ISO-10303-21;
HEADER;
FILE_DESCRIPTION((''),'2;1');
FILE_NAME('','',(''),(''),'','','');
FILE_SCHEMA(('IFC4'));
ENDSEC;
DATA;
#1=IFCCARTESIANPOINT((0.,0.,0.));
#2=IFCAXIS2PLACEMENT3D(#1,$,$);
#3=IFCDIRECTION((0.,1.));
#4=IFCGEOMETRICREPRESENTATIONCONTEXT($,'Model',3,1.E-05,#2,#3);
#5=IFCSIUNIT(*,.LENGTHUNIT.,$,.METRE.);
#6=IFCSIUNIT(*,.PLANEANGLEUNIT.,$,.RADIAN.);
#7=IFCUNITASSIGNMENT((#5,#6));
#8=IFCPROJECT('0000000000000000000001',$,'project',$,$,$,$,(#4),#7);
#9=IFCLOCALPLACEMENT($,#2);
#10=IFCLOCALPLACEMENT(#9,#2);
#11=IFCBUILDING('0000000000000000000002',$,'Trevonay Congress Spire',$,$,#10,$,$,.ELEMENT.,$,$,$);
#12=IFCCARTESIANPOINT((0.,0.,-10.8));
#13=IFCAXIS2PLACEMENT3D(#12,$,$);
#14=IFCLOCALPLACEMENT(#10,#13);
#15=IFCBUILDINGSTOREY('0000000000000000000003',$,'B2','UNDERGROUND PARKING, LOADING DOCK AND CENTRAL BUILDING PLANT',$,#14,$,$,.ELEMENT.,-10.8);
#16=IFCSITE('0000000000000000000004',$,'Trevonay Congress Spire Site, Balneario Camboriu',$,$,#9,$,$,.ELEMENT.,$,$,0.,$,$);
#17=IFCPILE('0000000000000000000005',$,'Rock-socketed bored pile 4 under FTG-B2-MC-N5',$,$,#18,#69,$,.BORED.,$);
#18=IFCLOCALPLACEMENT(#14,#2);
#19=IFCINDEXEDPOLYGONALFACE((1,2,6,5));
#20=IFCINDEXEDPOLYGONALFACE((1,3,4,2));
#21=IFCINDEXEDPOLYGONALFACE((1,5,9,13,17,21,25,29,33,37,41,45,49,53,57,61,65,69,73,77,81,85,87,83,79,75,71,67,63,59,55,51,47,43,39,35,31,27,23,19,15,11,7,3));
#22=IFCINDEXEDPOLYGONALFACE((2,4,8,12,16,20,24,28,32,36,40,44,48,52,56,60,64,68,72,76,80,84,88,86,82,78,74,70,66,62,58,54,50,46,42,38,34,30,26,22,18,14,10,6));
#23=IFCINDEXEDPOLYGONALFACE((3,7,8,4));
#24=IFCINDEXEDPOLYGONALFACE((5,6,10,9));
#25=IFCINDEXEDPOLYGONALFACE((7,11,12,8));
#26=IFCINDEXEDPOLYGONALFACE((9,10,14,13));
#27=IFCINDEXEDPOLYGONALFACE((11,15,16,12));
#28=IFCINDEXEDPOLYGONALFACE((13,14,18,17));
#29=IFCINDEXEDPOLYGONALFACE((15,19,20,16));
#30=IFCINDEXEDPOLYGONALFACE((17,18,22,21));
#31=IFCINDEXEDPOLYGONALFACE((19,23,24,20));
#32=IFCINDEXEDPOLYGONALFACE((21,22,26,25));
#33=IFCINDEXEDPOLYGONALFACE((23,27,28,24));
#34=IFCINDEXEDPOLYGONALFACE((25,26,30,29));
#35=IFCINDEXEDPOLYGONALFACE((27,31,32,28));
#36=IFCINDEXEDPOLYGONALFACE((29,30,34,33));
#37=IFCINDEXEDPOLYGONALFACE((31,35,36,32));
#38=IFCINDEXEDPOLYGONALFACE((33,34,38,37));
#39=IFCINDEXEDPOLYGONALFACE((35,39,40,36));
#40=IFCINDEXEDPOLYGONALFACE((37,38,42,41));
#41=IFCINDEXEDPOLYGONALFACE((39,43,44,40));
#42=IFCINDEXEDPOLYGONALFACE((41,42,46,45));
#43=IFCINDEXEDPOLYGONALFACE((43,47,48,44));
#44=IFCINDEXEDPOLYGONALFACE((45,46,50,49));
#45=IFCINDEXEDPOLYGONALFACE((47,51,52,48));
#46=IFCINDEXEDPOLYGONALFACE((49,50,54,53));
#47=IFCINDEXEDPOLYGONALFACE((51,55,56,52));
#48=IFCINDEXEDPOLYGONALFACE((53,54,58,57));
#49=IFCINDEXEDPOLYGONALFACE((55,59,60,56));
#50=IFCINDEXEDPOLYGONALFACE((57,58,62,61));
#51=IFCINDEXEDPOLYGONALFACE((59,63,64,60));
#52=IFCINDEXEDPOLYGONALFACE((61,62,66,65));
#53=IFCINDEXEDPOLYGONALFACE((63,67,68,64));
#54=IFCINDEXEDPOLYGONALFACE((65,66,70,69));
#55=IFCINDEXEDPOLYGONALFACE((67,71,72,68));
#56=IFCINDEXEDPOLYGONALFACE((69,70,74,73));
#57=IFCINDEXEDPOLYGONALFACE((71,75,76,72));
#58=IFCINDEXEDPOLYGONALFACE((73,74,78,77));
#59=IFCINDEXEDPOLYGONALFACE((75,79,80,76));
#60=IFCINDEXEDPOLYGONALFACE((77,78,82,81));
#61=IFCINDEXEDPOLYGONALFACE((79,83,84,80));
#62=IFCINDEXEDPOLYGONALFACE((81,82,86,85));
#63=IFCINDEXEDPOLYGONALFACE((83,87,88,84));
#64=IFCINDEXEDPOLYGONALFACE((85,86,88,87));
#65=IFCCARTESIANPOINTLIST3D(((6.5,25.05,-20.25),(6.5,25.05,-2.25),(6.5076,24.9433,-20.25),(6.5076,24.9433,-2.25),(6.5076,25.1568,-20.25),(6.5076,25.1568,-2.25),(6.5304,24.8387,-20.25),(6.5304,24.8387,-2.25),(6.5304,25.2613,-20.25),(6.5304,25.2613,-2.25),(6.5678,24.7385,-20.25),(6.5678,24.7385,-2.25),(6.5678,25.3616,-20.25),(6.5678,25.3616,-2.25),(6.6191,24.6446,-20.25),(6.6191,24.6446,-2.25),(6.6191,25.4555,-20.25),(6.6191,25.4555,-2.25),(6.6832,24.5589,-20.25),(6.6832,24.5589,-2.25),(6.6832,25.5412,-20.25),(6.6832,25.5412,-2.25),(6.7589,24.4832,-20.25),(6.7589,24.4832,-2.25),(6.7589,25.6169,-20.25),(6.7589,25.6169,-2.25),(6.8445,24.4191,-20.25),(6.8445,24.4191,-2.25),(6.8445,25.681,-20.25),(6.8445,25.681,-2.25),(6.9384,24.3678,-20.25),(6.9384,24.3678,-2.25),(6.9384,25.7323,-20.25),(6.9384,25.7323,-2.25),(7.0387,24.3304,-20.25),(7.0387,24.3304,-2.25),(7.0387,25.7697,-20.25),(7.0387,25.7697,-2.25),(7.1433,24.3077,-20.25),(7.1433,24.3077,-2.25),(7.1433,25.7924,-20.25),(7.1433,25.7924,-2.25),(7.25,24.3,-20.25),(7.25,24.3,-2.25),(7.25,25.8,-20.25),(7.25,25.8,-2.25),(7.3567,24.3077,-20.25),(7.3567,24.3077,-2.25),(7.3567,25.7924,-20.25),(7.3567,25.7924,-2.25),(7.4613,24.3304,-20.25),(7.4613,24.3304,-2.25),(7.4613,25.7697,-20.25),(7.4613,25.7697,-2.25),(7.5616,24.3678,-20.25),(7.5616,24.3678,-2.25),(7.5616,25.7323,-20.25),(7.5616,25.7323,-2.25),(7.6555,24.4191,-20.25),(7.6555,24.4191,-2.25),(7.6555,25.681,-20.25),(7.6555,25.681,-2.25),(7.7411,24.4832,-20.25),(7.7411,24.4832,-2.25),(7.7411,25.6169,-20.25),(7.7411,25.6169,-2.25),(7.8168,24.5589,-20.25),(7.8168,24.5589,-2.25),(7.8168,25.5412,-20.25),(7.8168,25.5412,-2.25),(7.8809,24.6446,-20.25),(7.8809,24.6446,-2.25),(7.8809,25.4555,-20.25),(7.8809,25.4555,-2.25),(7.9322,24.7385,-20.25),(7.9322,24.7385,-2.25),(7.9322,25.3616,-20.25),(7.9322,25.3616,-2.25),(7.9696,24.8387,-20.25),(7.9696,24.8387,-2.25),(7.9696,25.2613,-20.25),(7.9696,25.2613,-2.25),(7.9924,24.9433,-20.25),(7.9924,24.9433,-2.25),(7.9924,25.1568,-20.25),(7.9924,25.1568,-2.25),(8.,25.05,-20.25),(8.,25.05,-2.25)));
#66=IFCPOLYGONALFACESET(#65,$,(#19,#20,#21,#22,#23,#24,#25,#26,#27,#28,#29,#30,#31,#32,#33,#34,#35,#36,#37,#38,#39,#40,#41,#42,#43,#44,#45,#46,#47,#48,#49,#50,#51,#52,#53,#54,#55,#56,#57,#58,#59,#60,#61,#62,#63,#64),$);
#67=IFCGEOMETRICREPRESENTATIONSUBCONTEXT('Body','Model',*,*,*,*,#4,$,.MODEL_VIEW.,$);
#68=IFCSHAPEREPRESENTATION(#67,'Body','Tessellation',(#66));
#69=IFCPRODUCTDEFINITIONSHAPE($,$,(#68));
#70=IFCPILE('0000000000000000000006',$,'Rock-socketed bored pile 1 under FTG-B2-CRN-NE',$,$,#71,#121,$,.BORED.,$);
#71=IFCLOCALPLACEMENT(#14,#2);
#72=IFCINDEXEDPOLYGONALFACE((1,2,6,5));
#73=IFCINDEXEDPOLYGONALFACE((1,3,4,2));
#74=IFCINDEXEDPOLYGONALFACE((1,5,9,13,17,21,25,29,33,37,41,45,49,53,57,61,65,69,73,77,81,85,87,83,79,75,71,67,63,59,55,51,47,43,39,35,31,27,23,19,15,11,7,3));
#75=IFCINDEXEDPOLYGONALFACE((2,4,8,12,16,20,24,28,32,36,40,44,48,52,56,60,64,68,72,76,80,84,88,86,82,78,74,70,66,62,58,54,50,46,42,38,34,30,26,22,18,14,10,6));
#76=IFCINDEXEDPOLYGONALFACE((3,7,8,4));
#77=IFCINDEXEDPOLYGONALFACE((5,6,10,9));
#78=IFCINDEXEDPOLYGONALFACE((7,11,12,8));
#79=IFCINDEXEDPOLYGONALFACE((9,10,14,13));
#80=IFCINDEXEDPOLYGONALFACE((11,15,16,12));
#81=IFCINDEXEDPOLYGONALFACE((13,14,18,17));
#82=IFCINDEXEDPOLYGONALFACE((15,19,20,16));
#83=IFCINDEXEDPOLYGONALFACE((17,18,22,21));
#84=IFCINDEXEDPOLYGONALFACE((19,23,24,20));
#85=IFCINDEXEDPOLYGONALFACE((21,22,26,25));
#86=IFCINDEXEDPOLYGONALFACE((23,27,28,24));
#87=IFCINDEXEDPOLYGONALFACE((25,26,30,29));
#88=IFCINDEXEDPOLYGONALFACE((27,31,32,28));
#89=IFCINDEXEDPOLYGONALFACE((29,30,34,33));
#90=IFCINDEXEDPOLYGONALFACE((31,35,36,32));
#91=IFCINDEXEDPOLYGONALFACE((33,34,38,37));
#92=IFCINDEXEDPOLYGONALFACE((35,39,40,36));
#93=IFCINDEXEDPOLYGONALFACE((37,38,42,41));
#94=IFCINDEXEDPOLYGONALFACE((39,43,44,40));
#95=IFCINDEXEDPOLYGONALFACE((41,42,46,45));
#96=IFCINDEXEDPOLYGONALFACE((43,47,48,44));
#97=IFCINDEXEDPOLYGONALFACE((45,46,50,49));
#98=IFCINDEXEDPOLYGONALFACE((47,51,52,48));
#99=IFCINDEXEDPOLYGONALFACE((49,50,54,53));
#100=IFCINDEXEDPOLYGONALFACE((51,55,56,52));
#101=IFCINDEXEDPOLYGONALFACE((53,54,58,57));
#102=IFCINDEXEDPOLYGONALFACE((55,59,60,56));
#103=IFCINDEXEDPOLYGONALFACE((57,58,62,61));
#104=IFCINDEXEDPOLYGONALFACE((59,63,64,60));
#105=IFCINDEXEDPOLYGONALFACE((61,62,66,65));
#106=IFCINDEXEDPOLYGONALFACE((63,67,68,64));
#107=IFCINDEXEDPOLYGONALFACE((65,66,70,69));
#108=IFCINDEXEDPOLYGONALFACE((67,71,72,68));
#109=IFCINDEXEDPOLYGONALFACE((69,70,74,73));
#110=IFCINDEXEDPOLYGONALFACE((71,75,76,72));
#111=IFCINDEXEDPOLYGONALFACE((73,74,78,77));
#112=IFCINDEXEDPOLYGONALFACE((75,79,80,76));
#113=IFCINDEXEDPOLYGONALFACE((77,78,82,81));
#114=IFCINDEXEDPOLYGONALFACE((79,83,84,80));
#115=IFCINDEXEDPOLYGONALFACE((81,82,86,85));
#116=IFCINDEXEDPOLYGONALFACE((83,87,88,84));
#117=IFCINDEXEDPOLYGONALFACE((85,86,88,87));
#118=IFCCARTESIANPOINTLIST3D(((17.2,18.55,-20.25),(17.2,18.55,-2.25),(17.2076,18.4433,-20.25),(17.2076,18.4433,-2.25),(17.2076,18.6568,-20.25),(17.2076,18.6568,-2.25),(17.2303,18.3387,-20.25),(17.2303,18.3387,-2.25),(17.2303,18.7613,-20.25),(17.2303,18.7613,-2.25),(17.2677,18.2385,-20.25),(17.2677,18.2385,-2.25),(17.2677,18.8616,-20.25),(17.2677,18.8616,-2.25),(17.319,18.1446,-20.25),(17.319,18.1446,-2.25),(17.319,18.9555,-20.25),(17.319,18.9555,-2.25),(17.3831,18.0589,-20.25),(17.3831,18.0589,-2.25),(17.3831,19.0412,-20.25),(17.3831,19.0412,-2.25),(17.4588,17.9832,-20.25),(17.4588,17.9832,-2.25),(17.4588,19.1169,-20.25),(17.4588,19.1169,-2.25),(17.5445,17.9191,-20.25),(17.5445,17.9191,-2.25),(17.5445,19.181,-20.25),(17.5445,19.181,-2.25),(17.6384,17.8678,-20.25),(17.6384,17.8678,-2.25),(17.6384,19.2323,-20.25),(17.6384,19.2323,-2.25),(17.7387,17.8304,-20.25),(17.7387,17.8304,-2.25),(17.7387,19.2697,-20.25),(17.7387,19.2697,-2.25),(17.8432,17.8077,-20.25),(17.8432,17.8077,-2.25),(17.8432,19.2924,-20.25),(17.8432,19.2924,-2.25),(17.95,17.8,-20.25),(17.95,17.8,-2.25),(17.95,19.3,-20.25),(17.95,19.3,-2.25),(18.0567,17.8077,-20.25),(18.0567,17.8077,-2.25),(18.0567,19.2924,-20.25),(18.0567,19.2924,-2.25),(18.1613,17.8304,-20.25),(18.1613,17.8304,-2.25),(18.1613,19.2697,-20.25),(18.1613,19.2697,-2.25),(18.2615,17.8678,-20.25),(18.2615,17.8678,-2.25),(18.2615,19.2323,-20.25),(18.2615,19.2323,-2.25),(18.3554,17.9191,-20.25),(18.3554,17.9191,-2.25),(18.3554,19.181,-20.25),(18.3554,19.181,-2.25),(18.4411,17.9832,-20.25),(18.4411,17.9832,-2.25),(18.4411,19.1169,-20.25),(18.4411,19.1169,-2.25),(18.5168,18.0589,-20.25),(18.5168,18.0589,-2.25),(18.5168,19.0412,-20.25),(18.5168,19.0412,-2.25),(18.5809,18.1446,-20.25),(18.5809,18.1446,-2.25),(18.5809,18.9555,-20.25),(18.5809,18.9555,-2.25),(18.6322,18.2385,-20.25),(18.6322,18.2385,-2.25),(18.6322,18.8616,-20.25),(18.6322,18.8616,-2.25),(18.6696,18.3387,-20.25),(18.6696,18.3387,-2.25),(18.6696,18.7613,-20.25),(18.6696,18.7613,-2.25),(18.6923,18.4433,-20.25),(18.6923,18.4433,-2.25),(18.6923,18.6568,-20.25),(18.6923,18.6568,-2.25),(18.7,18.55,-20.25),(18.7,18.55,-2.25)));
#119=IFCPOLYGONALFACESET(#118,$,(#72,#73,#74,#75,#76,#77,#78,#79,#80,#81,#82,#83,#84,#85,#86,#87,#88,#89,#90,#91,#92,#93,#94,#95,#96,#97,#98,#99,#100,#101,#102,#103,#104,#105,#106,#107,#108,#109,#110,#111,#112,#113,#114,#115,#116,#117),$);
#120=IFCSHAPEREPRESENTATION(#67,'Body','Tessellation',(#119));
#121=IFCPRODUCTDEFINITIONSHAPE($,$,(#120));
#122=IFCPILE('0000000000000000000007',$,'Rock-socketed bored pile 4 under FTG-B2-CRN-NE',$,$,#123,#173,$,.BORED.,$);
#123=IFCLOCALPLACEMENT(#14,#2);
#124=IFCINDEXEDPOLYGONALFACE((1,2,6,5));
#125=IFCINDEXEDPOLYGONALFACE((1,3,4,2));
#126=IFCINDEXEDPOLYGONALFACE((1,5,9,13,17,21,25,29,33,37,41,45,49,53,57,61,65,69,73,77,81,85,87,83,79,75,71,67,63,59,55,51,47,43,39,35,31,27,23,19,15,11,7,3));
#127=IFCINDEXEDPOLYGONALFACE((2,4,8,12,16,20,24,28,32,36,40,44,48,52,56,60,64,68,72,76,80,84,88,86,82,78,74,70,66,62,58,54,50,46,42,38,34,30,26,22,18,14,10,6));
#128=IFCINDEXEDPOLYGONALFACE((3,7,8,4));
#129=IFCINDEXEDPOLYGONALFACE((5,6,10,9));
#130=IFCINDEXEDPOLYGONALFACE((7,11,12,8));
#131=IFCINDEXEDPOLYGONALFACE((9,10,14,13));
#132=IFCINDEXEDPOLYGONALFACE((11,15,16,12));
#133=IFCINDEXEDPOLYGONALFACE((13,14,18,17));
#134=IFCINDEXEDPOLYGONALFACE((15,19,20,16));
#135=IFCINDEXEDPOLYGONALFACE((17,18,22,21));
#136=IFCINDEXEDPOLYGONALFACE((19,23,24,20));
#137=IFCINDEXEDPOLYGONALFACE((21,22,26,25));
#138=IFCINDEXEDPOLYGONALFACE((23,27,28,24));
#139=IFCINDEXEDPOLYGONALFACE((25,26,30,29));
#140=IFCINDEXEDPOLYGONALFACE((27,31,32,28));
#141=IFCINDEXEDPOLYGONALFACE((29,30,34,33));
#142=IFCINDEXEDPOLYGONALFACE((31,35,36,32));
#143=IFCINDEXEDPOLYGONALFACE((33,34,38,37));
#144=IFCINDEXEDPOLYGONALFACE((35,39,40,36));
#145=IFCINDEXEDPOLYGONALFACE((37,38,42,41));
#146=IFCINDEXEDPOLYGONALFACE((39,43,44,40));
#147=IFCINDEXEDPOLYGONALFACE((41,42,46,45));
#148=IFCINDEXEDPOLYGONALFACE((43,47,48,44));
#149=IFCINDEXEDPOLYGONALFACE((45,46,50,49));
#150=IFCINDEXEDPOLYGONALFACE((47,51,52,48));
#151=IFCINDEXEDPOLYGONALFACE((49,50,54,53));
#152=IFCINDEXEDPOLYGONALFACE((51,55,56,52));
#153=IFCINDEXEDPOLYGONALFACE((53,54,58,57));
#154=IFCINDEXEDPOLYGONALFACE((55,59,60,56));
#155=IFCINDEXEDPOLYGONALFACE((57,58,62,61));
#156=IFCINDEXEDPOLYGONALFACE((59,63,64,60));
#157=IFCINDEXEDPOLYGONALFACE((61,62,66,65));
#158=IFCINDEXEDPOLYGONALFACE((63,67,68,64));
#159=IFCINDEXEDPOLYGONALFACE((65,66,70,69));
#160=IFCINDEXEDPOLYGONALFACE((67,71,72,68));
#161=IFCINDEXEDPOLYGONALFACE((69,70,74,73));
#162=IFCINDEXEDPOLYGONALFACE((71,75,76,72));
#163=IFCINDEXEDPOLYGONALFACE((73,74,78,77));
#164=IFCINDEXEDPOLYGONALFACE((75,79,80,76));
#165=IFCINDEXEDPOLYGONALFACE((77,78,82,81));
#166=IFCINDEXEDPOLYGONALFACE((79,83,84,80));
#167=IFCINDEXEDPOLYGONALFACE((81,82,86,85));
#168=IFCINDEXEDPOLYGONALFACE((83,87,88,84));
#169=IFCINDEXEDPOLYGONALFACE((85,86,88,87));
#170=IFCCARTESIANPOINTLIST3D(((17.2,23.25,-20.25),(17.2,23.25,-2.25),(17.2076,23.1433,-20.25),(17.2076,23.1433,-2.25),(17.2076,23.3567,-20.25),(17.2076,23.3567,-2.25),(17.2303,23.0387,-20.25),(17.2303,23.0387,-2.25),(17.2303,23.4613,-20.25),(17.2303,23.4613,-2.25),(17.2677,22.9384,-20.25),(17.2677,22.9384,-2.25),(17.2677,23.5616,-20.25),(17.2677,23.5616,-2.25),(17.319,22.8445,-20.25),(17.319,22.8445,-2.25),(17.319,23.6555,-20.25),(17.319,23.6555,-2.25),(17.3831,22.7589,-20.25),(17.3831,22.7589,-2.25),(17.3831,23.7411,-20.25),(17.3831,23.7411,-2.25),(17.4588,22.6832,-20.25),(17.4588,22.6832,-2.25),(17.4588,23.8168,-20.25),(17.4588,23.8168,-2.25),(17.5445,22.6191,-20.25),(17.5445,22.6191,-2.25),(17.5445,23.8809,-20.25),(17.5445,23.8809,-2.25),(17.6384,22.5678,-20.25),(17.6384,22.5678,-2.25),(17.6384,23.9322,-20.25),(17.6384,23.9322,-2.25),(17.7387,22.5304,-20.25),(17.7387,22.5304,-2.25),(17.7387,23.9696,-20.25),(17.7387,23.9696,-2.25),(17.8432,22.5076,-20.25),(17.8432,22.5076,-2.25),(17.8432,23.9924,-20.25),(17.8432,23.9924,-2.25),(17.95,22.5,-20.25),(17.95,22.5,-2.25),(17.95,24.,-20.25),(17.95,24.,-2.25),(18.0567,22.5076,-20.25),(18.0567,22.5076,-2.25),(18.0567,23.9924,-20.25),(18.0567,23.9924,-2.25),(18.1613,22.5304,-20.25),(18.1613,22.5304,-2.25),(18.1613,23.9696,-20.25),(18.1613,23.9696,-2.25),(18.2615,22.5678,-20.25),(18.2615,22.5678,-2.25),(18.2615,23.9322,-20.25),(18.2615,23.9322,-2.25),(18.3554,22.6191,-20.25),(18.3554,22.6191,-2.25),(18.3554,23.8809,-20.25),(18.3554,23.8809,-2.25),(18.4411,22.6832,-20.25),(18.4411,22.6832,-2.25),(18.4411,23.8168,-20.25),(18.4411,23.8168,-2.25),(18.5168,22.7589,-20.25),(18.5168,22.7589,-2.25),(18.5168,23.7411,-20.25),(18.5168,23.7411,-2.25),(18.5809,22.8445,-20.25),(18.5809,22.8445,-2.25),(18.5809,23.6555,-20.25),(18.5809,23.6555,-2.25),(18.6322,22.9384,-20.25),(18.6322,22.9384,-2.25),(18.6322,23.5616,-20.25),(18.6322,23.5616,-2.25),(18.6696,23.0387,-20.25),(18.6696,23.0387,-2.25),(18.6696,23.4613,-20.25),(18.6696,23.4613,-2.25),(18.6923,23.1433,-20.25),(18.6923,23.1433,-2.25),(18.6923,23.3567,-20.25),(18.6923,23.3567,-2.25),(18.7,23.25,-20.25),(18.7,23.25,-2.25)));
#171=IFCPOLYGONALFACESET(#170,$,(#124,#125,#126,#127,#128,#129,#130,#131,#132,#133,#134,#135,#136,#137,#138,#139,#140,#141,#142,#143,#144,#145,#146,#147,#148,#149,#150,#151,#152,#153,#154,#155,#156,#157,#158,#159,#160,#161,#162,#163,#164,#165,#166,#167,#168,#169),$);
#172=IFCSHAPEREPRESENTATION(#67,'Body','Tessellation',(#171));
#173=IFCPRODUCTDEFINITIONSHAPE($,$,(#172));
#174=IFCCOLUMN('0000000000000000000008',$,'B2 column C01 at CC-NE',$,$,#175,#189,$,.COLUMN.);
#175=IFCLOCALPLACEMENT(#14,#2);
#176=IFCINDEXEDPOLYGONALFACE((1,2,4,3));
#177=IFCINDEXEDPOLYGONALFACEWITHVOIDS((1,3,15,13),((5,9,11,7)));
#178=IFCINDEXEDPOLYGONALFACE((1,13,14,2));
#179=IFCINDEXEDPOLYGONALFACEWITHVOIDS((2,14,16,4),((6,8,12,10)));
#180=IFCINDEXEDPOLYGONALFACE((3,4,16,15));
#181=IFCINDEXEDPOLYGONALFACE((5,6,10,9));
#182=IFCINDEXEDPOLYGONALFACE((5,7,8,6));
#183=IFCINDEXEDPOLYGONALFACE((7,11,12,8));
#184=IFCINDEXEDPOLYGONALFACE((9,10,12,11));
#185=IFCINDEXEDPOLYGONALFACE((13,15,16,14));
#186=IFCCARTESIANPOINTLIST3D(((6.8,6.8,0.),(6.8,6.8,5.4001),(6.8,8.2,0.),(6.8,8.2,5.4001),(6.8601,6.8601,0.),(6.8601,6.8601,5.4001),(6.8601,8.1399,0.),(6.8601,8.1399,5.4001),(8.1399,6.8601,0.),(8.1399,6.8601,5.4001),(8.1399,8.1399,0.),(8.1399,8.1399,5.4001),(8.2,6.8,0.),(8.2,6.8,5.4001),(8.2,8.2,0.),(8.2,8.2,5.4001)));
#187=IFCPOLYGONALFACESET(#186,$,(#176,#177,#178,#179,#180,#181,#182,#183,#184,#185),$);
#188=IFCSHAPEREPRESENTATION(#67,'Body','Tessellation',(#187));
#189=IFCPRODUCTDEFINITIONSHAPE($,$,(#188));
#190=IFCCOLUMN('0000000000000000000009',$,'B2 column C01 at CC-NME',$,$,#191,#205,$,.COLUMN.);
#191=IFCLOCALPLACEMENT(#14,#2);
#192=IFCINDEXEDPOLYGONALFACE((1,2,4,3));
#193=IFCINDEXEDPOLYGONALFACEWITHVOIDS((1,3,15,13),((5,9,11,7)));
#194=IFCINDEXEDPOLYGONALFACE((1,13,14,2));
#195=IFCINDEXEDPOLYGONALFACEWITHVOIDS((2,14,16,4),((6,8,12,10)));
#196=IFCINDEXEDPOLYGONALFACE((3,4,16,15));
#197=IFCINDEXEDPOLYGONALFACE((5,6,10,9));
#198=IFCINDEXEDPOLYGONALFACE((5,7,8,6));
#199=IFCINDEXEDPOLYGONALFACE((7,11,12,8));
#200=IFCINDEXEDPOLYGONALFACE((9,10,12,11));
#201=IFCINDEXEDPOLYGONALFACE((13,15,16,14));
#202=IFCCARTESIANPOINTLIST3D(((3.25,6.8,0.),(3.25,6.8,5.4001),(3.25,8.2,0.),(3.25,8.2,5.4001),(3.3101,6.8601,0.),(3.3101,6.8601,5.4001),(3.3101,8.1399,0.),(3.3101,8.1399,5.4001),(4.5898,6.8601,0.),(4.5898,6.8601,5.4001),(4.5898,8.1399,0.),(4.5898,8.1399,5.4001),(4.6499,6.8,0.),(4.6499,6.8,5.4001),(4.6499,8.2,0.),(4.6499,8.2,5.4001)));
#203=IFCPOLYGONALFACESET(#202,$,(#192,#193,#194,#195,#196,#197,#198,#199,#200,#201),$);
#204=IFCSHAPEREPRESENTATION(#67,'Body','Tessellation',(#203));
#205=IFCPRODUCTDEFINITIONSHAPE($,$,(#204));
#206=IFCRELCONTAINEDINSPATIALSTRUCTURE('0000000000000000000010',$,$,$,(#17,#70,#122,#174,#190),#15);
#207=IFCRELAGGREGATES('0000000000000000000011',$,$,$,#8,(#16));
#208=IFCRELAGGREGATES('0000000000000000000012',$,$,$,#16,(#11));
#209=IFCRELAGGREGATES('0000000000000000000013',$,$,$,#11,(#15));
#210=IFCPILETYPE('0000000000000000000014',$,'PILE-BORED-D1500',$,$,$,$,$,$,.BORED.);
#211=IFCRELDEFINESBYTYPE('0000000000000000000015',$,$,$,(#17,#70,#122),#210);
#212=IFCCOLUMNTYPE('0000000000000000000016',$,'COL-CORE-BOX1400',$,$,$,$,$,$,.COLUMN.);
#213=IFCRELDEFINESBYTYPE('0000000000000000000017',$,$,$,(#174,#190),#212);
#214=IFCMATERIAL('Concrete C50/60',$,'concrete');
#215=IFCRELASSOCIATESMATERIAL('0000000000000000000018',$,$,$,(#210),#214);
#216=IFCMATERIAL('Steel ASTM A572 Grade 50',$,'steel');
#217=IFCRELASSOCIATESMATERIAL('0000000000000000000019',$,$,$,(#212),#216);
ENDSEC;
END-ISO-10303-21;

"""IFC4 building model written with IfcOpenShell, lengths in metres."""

from ifc_helpers import new_model, si_unit, direction, frame, origin, origin_2d, place, context, subcontext, project, spatial, hollow_rectangle, circle, extrude, material, material_profile, profile_set, type_object, element, save


model = new_model("IFC4")

# Units and contexts
model_context = context("Model", 3, precision=1e-05, world=origin(), true_north=direction((0.0, 1.0)))
body_context = subcontext(model_context, "Body", "Model", "MODEL_VIEW")
ifc_project = project(units=[si_unit("LENGTHUNIT", "METRE"), si_unit("PLANEANGLEUNIT", "RADIAN")], contexts=[model_context])

# Site, building, storey
site_placement = place(None, origin())
site = spatial("IfcSite", under=ifc_project, at=site_placement, Name="Trevonay Congress Spire Site, Balneario Camboriu", CompositionType="ELEMENT", RefElevation=0.0)
building_placement = place(site_placement, origin())
building = spatial("IfcBuilding", under=site, at=building_placement, Name="Trevonay Congress Spire", CompositionType="ELEMENT")
storey_placement = place(building_placement, frame((0.0, 0.0, -10.8)))
storey = spatial("IfcBuildingStorey", under=building, at=storey_placement, Name="B2", Description="UNDERGROUND PARKING, LOADING DOCK AND CENTRAL BUILDING PLANT", CompositionType="ELEMENT", Elevation=-10.8)

# Shared definitions
ifc_material_1 = material(Name="Concrete C50/60", Category="concrete")

# Piles
ifc_material_profile_1 = material_profile(ifc_material_1, circle(Radius=0.75, at=origin_2d()), Name="PILE D1500")
ifc_profile_set_1 = profile_set([ifc_material_profile_1], Name="Concrete C50/60")
pile_type_1 = type_object("IfcPileType", Name="PILE-BORED-D1500", PredefinedType="BORED", material=ifc_profile_set_1)
for number, where, z_axis, x_axis, name in (
    (1, (7.25, 25.05, -2.25), (0.0, 0.0, -1.0), (1.0, 0.0, 0.0), "Rock-socketed bored pile 4 under FTG-B2-MC-N5"),
    (2, (17.95, 18.55, -2.25), (0.0, 0.0, -1.0), (1.0, 0.0, 0.0), "Rock-socketed bored pile 1 under FTG-B2-CRN-NE"),
    (3, (17.95, 23.25, -2.25), (0.0, 0.0, -1.0), (1.0, 0.0, 0.0), "Rock-socketed bored pile 4 under FTG-B2-CRN-NE"),
):
    element("IfcPile", number, at=place(storey_placement, frame(where, z_axis=z_axis, x_axis=x_axis)), inside=storey, type_object=pile_type_1, Name=name, PredefinedType="BORED", context=body_context, shape_type="SweptSolid", body=[
        extrude(circle(Radius=0.75, at=origin_2d()), origin(), (0.0, 0.0, 1.0), 18.0),
    ])

# Columns
ifc_material_2 = material(Name="Steel ASTM A572 Grade 50", Category="steel")
ifc_material_profile_2 = material_profile(ifc_material_2, hollow_rectangle(XDim=1.3999, YDim=1.3999, WallThickness=0.0601, at=origin_2d()), Name="BOX 1400x1400x60")
ifc_profile_set_2 = profile_set([ifc_material_profile_2], Name="Steel ASTM A572 Grade 50")
column_type_1 = type_object("IfcColumnType", Name="COL-CORE-BOX1400", PredefinedType="COLUMN", material=ifc_profile_set_2)
for number, where, z_axis, x_axis, name in (
    (4, (7.5, 7.5, 0.0), (0.0, 0.0, 1.0), (1.0, 0.0, 0.0), "B2 column C01 at CC-NE"),
    (5, (3.95, 7.5, 0.0), (0.0, 0.0, 1.0), (1.0, 0.0, 0.0), "B2 column C01 at CC-NME"),
):
    element("IfcColumn", number, at=place(storey_placement, frame(where, z_axis=z_axis, x_axis=x_axis)), inside=storey, type_object=column_type_1, Name=name, PredefinedType="COLUMN", context=body_context, shape_type="SweptSolid", body=[
        extrude(hollow_rectangle(XDim=1.3999, YDim=1.3999, WallThickness=0.0601, at=origin_2d()), origin(), (0.0, 0.0, 1.0), 5.4001),
    ])

save(model, "model.ifc")
